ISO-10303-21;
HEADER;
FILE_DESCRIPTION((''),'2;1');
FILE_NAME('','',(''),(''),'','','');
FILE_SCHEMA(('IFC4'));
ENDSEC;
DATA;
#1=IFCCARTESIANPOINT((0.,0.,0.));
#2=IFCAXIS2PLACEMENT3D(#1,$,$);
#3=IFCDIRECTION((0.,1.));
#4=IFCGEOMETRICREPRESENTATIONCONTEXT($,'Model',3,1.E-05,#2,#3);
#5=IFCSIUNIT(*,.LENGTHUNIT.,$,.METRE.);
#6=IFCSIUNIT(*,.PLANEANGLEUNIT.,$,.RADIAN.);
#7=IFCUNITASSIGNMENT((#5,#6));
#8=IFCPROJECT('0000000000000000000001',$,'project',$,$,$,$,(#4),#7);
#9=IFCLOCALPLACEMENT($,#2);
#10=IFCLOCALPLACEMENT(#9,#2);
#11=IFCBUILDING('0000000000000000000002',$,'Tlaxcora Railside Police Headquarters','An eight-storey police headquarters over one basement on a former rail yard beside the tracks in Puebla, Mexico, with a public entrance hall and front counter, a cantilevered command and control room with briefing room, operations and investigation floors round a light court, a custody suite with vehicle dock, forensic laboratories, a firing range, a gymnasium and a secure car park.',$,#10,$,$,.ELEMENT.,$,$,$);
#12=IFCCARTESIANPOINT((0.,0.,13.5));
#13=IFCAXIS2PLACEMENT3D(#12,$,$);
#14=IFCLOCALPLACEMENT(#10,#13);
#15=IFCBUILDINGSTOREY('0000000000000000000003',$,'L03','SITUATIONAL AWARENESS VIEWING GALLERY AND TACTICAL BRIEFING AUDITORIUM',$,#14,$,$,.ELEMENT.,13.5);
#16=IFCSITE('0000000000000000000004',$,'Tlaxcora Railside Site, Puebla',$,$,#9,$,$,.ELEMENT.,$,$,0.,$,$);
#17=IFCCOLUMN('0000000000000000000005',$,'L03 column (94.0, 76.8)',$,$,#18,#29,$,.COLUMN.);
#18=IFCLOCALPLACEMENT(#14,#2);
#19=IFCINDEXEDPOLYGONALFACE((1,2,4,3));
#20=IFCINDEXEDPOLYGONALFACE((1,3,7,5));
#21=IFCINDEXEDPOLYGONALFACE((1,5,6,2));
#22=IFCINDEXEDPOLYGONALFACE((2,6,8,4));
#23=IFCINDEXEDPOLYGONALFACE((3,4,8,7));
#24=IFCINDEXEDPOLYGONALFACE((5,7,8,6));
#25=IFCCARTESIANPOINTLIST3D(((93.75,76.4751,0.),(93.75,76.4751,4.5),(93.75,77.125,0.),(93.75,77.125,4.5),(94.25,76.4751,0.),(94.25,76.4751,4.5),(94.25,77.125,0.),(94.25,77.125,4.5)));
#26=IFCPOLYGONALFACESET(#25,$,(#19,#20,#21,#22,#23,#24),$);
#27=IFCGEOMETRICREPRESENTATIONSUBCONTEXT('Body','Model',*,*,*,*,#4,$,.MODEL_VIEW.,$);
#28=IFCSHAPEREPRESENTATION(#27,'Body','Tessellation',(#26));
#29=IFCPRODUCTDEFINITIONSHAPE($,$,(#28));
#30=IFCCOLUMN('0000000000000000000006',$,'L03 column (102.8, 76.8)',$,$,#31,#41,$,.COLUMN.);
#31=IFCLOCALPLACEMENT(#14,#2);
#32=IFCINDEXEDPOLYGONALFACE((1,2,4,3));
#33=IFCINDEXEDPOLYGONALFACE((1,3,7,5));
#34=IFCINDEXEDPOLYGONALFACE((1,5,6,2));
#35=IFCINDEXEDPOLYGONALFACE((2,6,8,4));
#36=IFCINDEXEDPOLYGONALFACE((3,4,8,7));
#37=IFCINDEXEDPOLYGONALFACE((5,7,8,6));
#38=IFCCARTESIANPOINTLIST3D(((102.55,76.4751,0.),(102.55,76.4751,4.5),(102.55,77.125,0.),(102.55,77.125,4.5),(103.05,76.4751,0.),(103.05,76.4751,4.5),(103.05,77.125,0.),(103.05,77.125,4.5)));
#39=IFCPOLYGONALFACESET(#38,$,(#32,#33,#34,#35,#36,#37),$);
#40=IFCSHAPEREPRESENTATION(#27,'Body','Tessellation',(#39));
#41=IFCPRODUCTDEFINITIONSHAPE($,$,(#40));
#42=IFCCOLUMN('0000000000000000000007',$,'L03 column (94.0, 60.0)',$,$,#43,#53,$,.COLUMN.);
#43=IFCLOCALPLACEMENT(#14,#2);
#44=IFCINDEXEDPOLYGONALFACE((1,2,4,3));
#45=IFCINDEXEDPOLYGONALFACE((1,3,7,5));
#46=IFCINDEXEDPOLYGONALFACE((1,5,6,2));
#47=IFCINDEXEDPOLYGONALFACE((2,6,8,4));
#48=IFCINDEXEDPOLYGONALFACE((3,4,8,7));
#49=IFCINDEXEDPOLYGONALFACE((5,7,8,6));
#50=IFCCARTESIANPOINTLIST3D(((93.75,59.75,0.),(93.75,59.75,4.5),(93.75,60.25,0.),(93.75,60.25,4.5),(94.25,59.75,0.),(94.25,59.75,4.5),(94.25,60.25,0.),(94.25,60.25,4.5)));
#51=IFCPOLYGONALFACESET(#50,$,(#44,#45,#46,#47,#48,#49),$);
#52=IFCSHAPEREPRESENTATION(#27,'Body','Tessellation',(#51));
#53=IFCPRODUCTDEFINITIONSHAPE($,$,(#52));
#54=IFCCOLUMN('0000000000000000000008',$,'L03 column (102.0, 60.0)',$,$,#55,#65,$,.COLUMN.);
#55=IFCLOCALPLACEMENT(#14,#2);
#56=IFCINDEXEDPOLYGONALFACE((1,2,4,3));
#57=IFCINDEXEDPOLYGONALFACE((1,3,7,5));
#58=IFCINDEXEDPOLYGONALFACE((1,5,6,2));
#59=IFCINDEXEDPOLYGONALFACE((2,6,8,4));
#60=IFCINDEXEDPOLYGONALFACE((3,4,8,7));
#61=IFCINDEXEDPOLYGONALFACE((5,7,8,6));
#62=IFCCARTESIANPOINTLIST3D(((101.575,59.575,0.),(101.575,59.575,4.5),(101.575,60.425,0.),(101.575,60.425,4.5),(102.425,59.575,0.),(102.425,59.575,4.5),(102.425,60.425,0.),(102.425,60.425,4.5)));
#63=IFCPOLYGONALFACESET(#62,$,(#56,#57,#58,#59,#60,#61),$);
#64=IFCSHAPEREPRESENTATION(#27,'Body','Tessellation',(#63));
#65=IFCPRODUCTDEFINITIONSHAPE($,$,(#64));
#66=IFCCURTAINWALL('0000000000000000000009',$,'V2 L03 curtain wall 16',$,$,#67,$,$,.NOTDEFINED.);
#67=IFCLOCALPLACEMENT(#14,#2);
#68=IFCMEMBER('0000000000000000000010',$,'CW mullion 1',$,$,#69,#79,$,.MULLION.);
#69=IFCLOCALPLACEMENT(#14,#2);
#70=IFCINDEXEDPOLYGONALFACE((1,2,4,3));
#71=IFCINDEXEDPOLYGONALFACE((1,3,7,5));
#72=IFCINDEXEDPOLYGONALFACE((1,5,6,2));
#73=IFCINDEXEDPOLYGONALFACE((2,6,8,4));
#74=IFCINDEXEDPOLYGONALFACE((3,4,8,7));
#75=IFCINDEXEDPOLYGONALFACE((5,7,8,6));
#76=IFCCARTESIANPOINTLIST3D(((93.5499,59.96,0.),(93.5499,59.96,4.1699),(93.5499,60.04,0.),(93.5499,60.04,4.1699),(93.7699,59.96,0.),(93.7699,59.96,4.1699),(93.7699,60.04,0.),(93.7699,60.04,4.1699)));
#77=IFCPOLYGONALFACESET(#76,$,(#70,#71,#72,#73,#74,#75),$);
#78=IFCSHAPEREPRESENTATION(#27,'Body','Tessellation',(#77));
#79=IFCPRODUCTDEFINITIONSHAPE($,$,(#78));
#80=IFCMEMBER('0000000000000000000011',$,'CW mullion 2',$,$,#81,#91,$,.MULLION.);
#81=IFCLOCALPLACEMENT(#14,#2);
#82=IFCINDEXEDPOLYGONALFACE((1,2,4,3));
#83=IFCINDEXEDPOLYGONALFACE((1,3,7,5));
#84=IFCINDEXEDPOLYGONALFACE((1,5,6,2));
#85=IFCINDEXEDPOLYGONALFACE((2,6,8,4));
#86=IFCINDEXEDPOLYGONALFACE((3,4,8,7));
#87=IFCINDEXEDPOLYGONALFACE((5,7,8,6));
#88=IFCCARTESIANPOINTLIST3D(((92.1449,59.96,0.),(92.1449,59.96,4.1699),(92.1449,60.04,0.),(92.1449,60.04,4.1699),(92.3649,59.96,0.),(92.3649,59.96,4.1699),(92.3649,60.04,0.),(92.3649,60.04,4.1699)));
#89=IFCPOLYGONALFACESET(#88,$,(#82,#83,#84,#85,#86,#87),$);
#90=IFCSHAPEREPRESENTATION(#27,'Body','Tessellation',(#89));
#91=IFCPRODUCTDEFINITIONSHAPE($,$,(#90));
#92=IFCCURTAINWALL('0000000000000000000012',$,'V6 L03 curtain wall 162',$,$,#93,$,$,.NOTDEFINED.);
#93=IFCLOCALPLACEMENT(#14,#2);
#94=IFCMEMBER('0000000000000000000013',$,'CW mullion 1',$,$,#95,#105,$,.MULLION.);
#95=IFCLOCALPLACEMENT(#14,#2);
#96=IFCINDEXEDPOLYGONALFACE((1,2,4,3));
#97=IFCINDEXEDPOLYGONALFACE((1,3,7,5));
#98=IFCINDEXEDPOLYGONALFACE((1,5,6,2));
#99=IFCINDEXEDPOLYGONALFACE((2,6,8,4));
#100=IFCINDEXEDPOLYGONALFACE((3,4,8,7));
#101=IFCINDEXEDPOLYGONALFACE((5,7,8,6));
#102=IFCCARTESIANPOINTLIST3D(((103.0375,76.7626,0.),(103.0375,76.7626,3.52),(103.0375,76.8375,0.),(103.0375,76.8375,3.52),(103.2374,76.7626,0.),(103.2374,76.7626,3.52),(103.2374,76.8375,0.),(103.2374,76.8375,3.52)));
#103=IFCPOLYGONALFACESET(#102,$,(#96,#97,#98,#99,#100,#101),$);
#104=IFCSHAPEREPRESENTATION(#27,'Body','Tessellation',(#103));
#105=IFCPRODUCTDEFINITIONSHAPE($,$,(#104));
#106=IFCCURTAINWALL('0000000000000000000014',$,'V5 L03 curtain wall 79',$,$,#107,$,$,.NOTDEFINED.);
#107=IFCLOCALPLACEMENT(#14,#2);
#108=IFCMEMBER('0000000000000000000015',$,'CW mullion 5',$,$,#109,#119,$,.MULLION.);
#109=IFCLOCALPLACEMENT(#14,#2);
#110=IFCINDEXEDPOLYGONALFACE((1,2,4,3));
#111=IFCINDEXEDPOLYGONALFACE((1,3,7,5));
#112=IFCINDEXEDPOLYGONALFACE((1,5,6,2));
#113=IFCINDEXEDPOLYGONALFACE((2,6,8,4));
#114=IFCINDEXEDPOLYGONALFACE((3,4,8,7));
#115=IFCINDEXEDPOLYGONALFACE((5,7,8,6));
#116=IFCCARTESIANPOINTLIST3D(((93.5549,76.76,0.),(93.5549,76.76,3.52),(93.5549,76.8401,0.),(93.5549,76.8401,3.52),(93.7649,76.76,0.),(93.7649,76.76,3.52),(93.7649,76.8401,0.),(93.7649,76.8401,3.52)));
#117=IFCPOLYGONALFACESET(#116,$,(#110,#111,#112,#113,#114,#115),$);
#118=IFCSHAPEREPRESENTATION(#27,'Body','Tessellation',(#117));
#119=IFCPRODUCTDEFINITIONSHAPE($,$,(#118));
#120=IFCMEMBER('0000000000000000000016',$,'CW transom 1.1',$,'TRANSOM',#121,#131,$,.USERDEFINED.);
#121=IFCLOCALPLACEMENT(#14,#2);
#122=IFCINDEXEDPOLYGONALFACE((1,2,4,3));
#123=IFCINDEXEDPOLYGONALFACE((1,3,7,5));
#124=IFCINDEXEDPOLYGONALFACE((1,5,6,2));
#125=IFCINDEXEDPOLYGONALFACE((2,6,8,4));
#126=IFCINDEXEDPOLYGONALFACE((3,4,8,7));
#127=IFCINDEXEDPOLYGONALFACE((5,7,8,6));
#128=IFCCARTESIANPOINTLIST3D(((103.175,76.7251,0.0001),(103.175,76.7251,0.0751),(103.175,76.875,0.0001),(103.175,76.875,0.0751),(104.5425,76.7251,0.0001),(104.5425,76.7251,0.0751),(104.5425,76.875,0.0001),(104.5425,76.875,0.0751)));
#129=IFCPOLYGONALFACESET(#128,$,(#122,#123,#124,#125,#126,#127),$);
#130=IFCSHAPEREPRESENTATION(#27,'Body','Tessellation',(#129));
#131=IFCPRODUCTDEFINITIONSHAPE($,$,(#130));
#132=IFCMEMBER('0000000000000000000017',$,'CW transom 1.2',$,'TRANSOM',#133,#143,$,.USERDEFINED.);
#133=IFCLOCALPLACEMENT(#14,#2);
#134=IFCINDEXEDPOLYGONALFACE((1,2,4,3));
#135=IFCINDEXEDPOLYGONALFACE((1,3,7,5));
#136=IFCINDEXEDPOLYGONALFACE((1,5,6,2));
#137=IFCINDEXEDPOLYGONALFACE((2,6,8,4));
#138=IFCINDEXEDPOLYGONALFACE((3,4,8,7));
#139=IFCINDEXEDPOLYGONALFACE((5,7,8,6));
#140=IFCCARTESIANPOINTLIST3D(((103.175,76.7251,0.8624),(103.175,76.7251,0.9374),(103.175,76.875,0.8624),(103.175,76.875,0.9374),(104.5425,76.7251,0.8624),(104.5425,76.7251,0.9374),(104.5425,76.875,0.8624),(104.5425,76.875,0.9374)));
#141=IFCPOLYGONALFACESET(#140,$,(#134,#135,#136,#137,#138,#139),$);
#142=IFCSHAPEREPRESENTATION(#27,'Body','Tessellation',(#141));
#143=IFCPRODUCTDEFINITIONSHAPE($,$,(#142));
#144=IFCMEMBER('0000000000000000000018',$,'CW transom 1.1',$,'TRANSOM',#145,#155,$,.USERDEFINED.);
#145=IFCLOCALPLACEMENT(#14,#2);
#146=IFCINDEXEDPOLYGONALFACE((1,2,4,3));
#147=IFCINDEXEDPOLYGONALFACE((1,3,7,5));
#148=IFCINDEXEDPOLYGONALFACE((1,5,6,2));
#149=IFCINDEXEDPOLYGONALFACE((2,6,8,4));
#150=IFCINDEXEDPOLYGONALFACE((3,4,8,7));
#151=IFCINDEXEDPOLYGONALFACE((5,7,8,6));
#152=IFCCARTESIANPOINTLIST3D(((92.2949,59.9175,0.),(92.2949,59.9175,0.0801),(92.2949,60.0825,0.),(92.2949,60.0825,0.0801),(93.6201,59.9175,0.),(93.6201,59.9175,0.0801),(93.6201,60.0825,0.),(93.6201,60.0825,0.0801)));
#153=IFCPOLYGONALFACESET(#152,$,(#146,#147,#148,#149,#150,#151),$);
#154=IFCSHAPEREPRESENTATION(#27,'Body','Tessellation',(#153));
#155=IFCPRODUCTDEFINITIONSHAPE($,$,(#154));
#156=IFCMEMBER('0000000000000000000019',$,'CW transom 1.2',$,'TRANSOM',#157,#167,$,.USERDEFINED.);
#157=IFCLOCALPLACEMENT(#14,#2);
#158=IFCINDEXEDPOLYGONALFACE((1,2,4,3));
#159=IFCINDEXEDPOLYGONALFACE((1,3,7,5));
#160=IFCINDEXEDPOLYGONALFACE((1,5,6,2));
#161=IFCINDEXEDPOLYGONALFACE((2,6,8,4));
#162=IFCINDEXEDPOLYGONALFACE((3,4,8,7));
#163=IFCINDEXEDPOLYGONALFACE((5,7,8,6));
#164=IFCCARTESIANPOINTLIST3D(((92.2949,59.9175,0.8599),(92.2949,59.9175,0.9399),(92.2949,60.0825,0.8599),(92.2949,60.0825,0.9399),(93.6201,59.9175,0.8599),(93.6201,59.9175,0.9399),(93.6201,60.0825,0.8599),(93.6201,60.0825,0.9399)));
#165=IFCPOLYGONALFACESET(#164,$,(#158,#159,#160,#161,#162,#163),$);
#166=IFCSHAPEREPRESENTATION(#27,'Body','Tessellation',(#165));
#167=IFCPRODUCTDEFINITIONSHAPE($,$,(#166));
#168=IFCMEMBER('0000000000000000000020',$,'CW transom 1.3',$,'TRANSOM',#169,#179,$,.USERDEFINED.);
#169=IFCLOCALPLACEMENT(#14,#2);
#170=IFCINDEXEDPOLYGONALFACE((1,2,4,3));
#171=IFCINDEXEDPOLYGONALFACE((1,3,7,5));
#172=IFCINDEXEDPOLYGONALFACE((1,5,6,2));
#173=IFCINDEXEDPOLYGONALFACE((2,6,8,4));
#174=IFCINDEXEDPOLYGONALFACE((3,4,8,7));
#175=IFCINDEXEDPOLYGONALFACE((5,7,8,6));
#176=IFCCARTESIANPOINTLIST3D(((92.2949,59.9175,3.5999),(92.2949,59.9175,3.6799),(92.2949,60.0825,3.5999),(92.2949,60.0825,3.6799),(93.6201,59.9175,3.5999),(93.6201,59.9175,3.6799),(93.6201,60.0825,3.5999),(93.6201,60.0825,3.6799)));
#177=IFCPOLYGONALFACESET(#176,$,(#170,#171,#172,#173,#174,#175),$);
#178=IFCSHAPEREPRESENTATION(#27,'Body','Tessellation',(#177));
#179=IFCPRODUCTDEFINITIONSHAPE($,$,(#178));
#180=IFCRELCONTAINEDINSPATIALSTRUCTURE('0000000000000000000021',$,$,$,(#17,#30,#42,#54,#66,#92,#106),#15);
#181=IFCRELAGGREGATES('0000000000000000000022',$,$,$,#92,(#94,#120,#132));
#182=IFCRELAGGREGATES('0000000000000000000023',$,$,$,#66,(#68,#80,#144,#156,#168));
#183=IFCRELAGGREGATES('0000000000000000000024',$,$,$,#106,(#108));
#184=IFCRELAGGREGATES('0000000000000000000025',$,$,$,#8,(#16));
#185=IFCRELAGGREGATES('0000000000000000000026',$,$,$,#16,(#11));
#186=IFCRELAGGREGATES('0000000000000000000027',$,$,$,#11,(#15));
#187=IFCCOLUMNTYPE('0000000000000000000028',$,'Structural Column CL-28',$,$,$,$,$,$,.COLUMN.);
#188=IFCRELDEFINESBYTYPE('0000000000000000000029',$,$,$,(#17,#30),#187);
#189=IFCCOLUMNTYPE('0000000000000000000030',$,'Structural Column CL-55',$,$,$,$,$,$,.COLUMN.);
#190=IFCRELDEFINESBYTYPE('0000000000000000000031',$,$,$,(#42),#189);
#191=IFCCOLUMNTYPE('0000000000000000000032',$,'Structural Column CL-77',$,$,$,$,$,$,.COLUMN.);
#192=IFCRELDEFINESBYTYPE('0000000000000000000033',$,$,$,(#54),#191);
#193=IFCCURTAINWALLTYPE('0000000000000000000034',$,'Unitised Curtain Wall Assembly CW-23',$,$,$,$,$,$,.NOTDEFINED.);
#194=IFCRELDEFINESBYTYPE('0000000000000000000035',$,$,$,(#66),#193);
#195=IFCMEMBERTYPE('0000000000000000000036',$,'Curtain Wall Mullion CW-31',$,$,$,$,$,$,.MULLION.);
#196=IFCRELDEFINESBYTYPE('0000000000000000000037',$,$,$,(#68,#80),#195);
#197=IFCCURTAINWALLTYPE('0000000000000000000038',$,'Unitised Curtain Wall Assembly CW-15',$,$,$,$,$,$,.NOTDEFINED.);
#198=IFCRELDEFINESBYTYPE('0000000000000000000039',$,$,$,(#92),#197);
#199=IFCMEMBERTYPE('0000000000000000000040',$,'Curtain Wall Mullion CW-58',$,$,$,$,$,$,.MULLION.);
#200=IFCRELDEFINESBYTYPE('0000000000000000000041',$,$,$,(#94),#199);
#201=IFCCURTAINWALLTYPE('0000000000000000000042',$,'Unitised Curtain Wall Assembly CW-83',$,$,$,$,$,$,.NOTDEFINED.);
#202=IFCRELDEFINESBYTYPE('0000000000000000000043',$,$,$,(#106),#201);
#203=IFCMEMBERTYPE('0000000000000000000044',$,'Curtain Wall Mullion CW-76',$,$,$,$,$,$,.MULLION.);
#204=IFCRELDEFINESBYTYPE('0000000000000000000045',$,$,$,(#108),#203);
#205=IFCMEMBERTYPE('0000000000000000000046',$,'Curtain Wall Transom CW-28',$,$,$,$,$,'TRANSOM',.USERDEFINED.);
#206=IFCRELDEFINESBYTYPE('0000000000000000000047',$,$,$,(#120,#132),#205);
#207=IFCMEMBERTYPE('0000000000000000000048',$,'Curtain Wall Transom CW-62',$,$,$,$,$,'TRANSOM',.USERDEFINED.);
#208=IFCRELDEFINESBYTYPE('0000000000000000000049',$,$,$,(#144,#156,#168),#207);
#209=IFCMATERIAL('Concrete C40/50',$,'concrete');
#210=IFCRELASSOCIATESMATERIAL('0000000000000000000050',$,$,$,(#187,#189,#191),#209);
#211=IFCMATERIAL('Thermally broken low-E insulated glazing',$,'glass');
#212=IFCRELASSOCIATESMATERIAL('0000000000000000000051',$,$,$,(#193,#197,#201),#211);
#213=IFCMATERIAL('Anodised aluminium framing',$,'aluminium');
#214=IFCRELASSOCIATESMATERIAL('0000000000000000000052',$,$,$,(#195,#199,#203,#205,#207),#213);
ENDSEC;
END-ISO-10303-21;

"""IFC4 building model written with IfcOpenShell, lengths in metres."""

from ifc_helpers import new_model, si_unit, direction, frame, origin, origin_2d, place, context, subcontext, project, spatial, rectangle, extrude, material, material_profile, profile_set, type_object, element, aggregate, save


model = new_model("IFC4")

# Units and contexts
model_context = context("Model", 3, precision=1e-05, world=origin(), true_north=direction((0.0, 1.0)))
body_context = subcontext(model_context, "Body", "Model", "MODEL_VIEW")
ifc_project = project(units=[si_unit("LENGTHUNIT", "METRE"), si_unit("PLANEANGLEUNIT", "RADIAN")], contexts=[model_context])

# Site, building, storey
site_placement = place(None, origin())
site = spatial("IfcSite", under=ifc_project, at=site_placement, Name="Tlaxcora Railside Site, Puebla", CompositionType="ELEMENT", RefElevation=0.0)
building_placement = place(site_placement, origin())
building = spatial("IfcBuilding", under=site, at=building_placement, Name="Tlaxcora Railside Police Headquarters", Description="An eight-storey police headquarters over one basement on a former rail yard beside the tracks in Puebla, Mexico, with a public entrance hall and front counter, a cantilevered command and control room with briefing room, operations and investigation floors round a light court, a custody suite with vehicle dock, forensic laboratories, a firing range, a gymnasium and a secure car park.", CompositionType="ELEMENT")
storey_placement = place(building_placement, frame((0.0, 0.0, 13.5)))
storey = spatial("IfcBuildingStorey", under=building, at=storey_placement, Name="L03", Description="SITUATIONAL AWARENESS VIEWING GALLERY AND TACTICAL BRIEFING AUDITORIUM", CompositionType="ELEMENT", Elevation=13.5)

# Columns
ifc_material_1 = material(Name="Concrete C40/50", Category="concrete")
ifc_material_profile_1 = material_profile(ifc_material_1, rectangle(XDim=0.5, YDim=0.6499, at=origin_2d()), Name="RC500X650")
ifc_profile_set_1 = profile_set([ifc_material_profile_1], Name="Concrete C40/50")
column_type_1 = type_object("IfcColumnType", Name="Structural Column CL-28", PredefinedType="COLUMN", material=ifc_profile_set_1)
for number, where, z_axis, x_axis, name in (
    (1, (94.0, 76.8, 0.0), (0.0, 0.0, 1.0), (1.0, 0.0, 0.0), "L03 column (94.0, 76.8)"),
    (2, (102.8, 76.8, 0.0), (0.0, 0.0, 1.0), (1.0, 0.0, 0.0), "L03 column (102.8, 76.8)"),
):
    element("IfcColumn", number, at=place(storey_placement, frame(where, z_axis=z_axis, x_axis=x_axis)), inside=storey, type_object=column_type_1, Name=name, PredefinedType="COLUMN", context=body_context, shape_type="SweptSolid", body=[
        extrude(rectangle(XDim=0.5, YDim=0.6499, at=origin_2d()), origin(), (0.0, 0.0, 1.0), 4.5),
    ])
ifc_material_profile_2 = material_profile(ifc_material_1, rectangle(XDim=0.5, YDim=0.5, at=origin_2d()), Name="RC500X500")
ifc_profile_set_2 = profile_set([ifc_material_profile_2], Name="Concrete C40/50")
column_type_2 = type_object("IfcColumnType", Name="Structural Column CL-55", PredefinedType="COLUMN", material=ifc_profile_set_2)
column_1_placement = place(storey_placement, frame((94.0, 60.0, 0.0), z_axis=(0.0, 0.0, 1.0), x_axis=(1.0, 0.0, 0.0)))
element("IfcColumn", 3, at=column_1_placement, inside=storey, type_object=column_type_2, Name="L03 column (94.0, 60.0)", PredefinedType="COLUMN", context=body_context, shape_type="SweptSolid", body=[
    extrude(rectangle(XDim=0.5, YDim=0.5, at=origin_2d()), origin(), (0.0, 0.0, 1.0), 4.5),
])
ifc_material_profile_3 = material_profile(ifc_material_1, rectangle(XDim=0.8501, YDim=0.8501, at=origin_2d()), Name="RC850X850")
ifc_profile_set_3 = profile_set([ifc_material_profile_3], Name="Concrete C40/50")
column_type_3 = type_object("IfcColumnType", Name="Structural Column CL-77", PredefinedType="COLUMN", material=ifc_profile_set_3)
column_2_placement = place(storey_placement, frame((102.0, 60.0, 0.0), z_axis=(0.0, 0.0, 1.0), x_axis=(1.0, 0.0, 0.0)))
element("IfcColumn", 4, at=column_2_placement, inside=storey, type_object=column_type_3, Name="L03 column (102.0, 60.0)", PredefinedType="COLUMN", context=body_context, shape_type="SweptSolid", body=[
    extrude(rectangle(XDim=0.8501, YDim=0.8501, at=origin_2d()), origin(), (0.0, 0.0, 1.0), 4.5),
])

# Curtain wall, members
ifc_material_2 = material(Name="Thermally broken low-E insulated glazing", Category="glass")
curtain_wall_type_1 = type_object("IfcCurtainWallType", Name="Unitised Curtain Wall Assembly CW-23", PredefinedType="NOTDEFINED", material=ifc_material_2)
curtain_wall_1_placement = place(storey_placement, origin())
curtain_wall_1 = element("IfcCurtainWall", 5, at=curtain_wall_1_placement, inside=storey, type_object=curtain_wall_type_1, Name="V2 L03 curtain wall 16", PredefinedType="NOTDEFINED")
ifc_material_3 = material(Name="Anodised aluminium framing", Category="aluminium")
ifc_material_profile_4 = material_profile(ifc_material_3, rectangle(XDim=0.0801, YDim=0.22, at=origin_2d()), Name="AL80X220")
ifc_profile_set_4 = profile_set([ifc_material_profile_4], Name="Anodised aluminium framing")
member_type_1 = type_object("IfcMemberType", Name="Curtain Wall Mullion CW-31", PredefinedType="MULLION", material=ifc_profile_set_4)
member_1_placement = place(storey_placement, frame((93.6599, 60.0, 0.0), z_axis=(0.0, 0.0, 1.0), x_axis=(0.0, -1.0, 0.0)))
member_1 = element("IfcMember", 6, at=member_1_placement, type_object=member_type_1, Name="CW mullion 1", PredefinedType="MULLION", context=body_context, shape_type="SweptSolid", body=[
    extrude(rectangle(XDim=0.0801, YDim=0.22, at=origin_2d()), origin(), (0.0, 0.0, 1.0), 4.1699),
])
member_2_placement = place(storey_placement, frame((92.2549, 60.0, 0.0), z_axis=(0.0, 0.0, 1.0), x_axis=(0.0, -1.0, 0.0)))
member_2 = element("IfcMember", 7, at=member_2_placement, type_object=member_type_1, Name="CW mullion 2", PredefinedType="MULLION", context=body_context, shape_type="SweptSolid", body=[
    extrude(rectangle(XDim=0.0801, YDim=0.22, at=origin_2d()), origin(), (0.0, 0.0, 1.0), 4.1699),
])

# Curtain walls, members
curtain_wall_type_2 = type_object("IfcCurtainWallType", Name="Unitised Curtain Wall Assembly CW-15", PredefinedType="NOTDEFINED", material=ifc_material_2)
curtain_wall_2_placement = place(storey_placement, origin())
curtain_wall_2 = element("IfcCurtainWall", 8, at=curtain_wall_2_placement, inside=storey, type_object=curtain_wall_type_2, Name="V6 L03 curtain wall 162", PredefinedType="NOTDEFINED")
ifc_material_profile_5 = material_profile(ifc_material_3, rectangle(XDim=0.075, YDim=0.2, at=origin_2d()), Name="AL75X200")
ifc_profile_set_5 = profile_set([ifc_material_profile_5], Name="Anodised aluminium framing")
member_type_2 = type_object("IfcMemberType", Name="Curtain Wall Mullion CW-58", PredefinedType="MULLION", material=ifc_profile_set_5)
member_3_placement = place(storey_placement, frame((103.1375, 76.8, 0.0), z_axis=(0.0, 0.0, 1.0), x_axis=(0.0, 1.0, 0.0)))
member_3 = element("IfcMember", 9, at=member_3_placement, type_object=member_type_2, Name="CW mullion 1", PredefinedType="MULLION", context=body_context, shape_type="SweptSolid", body=[
    extrude(rectangle(XDim=0.075, YDim=0.2, at=origin_2d()), origin(), (0.0, 0.0, 1.0), 3.52),
])
curtain_wall_type_3 = type_object("IfcCurtainWallType", Name="Unitised Curtain Wall Assembly CW-83", PredefinedType="NOTDEFINED", material=ifc_material_2)
curtain_wall_3_placement = place(storey_placement, origin())
curtain_wall_3 = element("IfcCurtainWall", 10, at=curtain_wall_3_placement, inside=storey, type_object=curtain_wall_type_3, Name="V5 L03 curtain wall 79", PredefinedType="NOTDEFINED")
ifc_material_profile_6 = material_profile(ifc_material_3, rectangle(XDim=0.0801, YDim=0.21, at=origin_2d()), Name="AL80X210")
ifc_profile_set_6 = profile_set([ifc_material_profile_6], Name="Anodised aluminium framing")
member_type_3 = type_object("IfcMemberType", Name="Curtain Wall Mullion CW-76", PredefinedType="MULLION", material=ifc_profile_set_6)
member_4_placement = place(storey_placement, frame((93.6599, 76.8, 0.0), z_axis=(0.0, 0.0, 1.0), x_axis=(0.0, 1.0, 0.0)))
member_4 = element("IfcMember", 11, at=member_4_placement, type_object=member_type_3, Name="CW mullion 5", PredefinedType="MULLION", context=body_context, shape_type="SweptSolid", body=[
    extrude(rectangle(XDim=0.0801, YDim=0.21, at=origin_2d()), origin(), (0.0, 0.0, 1.0), 3.52),
])

# Members
ifc_material_profile_7 = material_profile(ifc_material_3, rectangle(XDim=0.1499, YDim=0.075, at=origin_2d()), Name="AL75X150")
ifc_profile_set_7 = profile_set([ifc_material_profile_7], Name="Anodised aluminium framing")
member_type_4 = type_object("IfcMemberType", Name="Curtain Wall Transom CW-28", ElementType="TRANSOM", PredefinedType="USERDEFINED", material=ifc_profile_set_7)
member_5_placement = place(storey_placement, frame((103.175, 76.8, 0.0376), z_axis=(1.0, 0.0, 0.0), x_axis=(0.0, 1.0, 0.0)))
member_5 = element("IfcMember", 12, at=member_5_placement, type_object=member_type_4, Name="CW transom 1.1", ObjectType="TRANSOM", PredefinedType="USERDEFINED", context=body_context, shape_type="SweptSolid", body=[
    extrude(rectangle(XDim=0.1499, YDim=0.075, at=origin_2d()), origin(), (0.0, 0.0, 1.0), 1.3674),
])
member_6_placement = place(storey_placement, frame((103.175, 76.8, 0.8999), z_axis=(1.0, 0.0, 0.0), x_axis=(0.0, 1.0, 0.0)))
member_6 = element("IfcMember", 13, at=member_6_placement, type_object=member_type_4, Name="CW transom 1.2", ObjectType="TRANSOM", PredefinedType="USERDEFINED", context=body_context, shape_type="SweptSolid", body=[
    extrude(rectangle(XDim=0.1499, YDim=0.075, at=origin_2d()), origin(), (0.0, 0.0, 1.0), 1.3674),
])
aggregate(curtain_wall_2, [member_3, member_5, member_6])
ifc_material_profile_8 = material_profile(ifc_material_3, rectangle(XDim=0.165, YDim=0.0801, at=origin_2d()), Name="AL80X165")
ifc_profile_set_8 = profile_set([ifc_material_profile_8], Name="Anodised aluminium framing")
member_type_5 = type_object("IfcMemberType", Name="Curtain Wall Transom CW-62", ElementType="TRANSOM", PredefinedType="USERDEFINED", material=ifc_profile_set_8)
member_7_placement = place(storey_placement, frame((93.6201, 60.0, 0.04), z_axis=(-1.0, 0.0, 0.0), x_axis=(0.0, -1.0, 0.0)))
member_7 = element("IfcMember", 14, at=member_7_placement, type_object=member_type_5, Name="CW transom 1.1", ObjectType="TRANSOM", PredefinedType="USERDEFINED", context=body_context, shape_type="SweptSolid", body=[
    extrude(rectangle(XDim=0.165, YDim=0.0801, at=origin_2d()), origin(), (0.0, 0.0, 1.0), 1.3252),
])
member_8_placement = place(storey_placement, frame((93.6201, 60.0, 0.8999), z_axis=(-1.0, 0.0, 0.0), x_axis=(0.0, -1.0, 0.0)))
member_8 = element("IfcMember", 15, at=member_8_placement, type_object=member_type_5, Name="CW transom 1.2", ObjectType="TRANSOM", PredefinedType="USERDEFINED", context=body_context, shape_type="SweptSolid", body=[
    extrude(rectangle(XDim=0.165, YDim=0.0801, at=origin_2d()), origin(), (0.0, 0.0, 1.0), 1.3252),
])
member_9_placement = place(storey_placement, frame((93.6201, 60.0, 3.6399), z_axis=(-1.0, 0.0, 0.0), x_axis=(0.0, -1.0, 0.0)))
member_9 = element("IfcMember", 16, at=member_9_placement, type_object=member_type_5, Name="CW transom 1.3", ObjectType="TRANSOM", PredefinedType="USERDEFINED", context=body_context, shape_type="SweptSolid", body=[
    extrude(rectangle(XDim=0.165, YDim=0.0801, at=origin_2d()), origin(), (0.0, 0.0, 1.0), 1.3252),
])

aggregate(curtain_wall_1, [member_1, member_2, member_7, member_8, member_9])
aggregate(curtain_wall_3, [member_4])

save(model, "model.ifc")
